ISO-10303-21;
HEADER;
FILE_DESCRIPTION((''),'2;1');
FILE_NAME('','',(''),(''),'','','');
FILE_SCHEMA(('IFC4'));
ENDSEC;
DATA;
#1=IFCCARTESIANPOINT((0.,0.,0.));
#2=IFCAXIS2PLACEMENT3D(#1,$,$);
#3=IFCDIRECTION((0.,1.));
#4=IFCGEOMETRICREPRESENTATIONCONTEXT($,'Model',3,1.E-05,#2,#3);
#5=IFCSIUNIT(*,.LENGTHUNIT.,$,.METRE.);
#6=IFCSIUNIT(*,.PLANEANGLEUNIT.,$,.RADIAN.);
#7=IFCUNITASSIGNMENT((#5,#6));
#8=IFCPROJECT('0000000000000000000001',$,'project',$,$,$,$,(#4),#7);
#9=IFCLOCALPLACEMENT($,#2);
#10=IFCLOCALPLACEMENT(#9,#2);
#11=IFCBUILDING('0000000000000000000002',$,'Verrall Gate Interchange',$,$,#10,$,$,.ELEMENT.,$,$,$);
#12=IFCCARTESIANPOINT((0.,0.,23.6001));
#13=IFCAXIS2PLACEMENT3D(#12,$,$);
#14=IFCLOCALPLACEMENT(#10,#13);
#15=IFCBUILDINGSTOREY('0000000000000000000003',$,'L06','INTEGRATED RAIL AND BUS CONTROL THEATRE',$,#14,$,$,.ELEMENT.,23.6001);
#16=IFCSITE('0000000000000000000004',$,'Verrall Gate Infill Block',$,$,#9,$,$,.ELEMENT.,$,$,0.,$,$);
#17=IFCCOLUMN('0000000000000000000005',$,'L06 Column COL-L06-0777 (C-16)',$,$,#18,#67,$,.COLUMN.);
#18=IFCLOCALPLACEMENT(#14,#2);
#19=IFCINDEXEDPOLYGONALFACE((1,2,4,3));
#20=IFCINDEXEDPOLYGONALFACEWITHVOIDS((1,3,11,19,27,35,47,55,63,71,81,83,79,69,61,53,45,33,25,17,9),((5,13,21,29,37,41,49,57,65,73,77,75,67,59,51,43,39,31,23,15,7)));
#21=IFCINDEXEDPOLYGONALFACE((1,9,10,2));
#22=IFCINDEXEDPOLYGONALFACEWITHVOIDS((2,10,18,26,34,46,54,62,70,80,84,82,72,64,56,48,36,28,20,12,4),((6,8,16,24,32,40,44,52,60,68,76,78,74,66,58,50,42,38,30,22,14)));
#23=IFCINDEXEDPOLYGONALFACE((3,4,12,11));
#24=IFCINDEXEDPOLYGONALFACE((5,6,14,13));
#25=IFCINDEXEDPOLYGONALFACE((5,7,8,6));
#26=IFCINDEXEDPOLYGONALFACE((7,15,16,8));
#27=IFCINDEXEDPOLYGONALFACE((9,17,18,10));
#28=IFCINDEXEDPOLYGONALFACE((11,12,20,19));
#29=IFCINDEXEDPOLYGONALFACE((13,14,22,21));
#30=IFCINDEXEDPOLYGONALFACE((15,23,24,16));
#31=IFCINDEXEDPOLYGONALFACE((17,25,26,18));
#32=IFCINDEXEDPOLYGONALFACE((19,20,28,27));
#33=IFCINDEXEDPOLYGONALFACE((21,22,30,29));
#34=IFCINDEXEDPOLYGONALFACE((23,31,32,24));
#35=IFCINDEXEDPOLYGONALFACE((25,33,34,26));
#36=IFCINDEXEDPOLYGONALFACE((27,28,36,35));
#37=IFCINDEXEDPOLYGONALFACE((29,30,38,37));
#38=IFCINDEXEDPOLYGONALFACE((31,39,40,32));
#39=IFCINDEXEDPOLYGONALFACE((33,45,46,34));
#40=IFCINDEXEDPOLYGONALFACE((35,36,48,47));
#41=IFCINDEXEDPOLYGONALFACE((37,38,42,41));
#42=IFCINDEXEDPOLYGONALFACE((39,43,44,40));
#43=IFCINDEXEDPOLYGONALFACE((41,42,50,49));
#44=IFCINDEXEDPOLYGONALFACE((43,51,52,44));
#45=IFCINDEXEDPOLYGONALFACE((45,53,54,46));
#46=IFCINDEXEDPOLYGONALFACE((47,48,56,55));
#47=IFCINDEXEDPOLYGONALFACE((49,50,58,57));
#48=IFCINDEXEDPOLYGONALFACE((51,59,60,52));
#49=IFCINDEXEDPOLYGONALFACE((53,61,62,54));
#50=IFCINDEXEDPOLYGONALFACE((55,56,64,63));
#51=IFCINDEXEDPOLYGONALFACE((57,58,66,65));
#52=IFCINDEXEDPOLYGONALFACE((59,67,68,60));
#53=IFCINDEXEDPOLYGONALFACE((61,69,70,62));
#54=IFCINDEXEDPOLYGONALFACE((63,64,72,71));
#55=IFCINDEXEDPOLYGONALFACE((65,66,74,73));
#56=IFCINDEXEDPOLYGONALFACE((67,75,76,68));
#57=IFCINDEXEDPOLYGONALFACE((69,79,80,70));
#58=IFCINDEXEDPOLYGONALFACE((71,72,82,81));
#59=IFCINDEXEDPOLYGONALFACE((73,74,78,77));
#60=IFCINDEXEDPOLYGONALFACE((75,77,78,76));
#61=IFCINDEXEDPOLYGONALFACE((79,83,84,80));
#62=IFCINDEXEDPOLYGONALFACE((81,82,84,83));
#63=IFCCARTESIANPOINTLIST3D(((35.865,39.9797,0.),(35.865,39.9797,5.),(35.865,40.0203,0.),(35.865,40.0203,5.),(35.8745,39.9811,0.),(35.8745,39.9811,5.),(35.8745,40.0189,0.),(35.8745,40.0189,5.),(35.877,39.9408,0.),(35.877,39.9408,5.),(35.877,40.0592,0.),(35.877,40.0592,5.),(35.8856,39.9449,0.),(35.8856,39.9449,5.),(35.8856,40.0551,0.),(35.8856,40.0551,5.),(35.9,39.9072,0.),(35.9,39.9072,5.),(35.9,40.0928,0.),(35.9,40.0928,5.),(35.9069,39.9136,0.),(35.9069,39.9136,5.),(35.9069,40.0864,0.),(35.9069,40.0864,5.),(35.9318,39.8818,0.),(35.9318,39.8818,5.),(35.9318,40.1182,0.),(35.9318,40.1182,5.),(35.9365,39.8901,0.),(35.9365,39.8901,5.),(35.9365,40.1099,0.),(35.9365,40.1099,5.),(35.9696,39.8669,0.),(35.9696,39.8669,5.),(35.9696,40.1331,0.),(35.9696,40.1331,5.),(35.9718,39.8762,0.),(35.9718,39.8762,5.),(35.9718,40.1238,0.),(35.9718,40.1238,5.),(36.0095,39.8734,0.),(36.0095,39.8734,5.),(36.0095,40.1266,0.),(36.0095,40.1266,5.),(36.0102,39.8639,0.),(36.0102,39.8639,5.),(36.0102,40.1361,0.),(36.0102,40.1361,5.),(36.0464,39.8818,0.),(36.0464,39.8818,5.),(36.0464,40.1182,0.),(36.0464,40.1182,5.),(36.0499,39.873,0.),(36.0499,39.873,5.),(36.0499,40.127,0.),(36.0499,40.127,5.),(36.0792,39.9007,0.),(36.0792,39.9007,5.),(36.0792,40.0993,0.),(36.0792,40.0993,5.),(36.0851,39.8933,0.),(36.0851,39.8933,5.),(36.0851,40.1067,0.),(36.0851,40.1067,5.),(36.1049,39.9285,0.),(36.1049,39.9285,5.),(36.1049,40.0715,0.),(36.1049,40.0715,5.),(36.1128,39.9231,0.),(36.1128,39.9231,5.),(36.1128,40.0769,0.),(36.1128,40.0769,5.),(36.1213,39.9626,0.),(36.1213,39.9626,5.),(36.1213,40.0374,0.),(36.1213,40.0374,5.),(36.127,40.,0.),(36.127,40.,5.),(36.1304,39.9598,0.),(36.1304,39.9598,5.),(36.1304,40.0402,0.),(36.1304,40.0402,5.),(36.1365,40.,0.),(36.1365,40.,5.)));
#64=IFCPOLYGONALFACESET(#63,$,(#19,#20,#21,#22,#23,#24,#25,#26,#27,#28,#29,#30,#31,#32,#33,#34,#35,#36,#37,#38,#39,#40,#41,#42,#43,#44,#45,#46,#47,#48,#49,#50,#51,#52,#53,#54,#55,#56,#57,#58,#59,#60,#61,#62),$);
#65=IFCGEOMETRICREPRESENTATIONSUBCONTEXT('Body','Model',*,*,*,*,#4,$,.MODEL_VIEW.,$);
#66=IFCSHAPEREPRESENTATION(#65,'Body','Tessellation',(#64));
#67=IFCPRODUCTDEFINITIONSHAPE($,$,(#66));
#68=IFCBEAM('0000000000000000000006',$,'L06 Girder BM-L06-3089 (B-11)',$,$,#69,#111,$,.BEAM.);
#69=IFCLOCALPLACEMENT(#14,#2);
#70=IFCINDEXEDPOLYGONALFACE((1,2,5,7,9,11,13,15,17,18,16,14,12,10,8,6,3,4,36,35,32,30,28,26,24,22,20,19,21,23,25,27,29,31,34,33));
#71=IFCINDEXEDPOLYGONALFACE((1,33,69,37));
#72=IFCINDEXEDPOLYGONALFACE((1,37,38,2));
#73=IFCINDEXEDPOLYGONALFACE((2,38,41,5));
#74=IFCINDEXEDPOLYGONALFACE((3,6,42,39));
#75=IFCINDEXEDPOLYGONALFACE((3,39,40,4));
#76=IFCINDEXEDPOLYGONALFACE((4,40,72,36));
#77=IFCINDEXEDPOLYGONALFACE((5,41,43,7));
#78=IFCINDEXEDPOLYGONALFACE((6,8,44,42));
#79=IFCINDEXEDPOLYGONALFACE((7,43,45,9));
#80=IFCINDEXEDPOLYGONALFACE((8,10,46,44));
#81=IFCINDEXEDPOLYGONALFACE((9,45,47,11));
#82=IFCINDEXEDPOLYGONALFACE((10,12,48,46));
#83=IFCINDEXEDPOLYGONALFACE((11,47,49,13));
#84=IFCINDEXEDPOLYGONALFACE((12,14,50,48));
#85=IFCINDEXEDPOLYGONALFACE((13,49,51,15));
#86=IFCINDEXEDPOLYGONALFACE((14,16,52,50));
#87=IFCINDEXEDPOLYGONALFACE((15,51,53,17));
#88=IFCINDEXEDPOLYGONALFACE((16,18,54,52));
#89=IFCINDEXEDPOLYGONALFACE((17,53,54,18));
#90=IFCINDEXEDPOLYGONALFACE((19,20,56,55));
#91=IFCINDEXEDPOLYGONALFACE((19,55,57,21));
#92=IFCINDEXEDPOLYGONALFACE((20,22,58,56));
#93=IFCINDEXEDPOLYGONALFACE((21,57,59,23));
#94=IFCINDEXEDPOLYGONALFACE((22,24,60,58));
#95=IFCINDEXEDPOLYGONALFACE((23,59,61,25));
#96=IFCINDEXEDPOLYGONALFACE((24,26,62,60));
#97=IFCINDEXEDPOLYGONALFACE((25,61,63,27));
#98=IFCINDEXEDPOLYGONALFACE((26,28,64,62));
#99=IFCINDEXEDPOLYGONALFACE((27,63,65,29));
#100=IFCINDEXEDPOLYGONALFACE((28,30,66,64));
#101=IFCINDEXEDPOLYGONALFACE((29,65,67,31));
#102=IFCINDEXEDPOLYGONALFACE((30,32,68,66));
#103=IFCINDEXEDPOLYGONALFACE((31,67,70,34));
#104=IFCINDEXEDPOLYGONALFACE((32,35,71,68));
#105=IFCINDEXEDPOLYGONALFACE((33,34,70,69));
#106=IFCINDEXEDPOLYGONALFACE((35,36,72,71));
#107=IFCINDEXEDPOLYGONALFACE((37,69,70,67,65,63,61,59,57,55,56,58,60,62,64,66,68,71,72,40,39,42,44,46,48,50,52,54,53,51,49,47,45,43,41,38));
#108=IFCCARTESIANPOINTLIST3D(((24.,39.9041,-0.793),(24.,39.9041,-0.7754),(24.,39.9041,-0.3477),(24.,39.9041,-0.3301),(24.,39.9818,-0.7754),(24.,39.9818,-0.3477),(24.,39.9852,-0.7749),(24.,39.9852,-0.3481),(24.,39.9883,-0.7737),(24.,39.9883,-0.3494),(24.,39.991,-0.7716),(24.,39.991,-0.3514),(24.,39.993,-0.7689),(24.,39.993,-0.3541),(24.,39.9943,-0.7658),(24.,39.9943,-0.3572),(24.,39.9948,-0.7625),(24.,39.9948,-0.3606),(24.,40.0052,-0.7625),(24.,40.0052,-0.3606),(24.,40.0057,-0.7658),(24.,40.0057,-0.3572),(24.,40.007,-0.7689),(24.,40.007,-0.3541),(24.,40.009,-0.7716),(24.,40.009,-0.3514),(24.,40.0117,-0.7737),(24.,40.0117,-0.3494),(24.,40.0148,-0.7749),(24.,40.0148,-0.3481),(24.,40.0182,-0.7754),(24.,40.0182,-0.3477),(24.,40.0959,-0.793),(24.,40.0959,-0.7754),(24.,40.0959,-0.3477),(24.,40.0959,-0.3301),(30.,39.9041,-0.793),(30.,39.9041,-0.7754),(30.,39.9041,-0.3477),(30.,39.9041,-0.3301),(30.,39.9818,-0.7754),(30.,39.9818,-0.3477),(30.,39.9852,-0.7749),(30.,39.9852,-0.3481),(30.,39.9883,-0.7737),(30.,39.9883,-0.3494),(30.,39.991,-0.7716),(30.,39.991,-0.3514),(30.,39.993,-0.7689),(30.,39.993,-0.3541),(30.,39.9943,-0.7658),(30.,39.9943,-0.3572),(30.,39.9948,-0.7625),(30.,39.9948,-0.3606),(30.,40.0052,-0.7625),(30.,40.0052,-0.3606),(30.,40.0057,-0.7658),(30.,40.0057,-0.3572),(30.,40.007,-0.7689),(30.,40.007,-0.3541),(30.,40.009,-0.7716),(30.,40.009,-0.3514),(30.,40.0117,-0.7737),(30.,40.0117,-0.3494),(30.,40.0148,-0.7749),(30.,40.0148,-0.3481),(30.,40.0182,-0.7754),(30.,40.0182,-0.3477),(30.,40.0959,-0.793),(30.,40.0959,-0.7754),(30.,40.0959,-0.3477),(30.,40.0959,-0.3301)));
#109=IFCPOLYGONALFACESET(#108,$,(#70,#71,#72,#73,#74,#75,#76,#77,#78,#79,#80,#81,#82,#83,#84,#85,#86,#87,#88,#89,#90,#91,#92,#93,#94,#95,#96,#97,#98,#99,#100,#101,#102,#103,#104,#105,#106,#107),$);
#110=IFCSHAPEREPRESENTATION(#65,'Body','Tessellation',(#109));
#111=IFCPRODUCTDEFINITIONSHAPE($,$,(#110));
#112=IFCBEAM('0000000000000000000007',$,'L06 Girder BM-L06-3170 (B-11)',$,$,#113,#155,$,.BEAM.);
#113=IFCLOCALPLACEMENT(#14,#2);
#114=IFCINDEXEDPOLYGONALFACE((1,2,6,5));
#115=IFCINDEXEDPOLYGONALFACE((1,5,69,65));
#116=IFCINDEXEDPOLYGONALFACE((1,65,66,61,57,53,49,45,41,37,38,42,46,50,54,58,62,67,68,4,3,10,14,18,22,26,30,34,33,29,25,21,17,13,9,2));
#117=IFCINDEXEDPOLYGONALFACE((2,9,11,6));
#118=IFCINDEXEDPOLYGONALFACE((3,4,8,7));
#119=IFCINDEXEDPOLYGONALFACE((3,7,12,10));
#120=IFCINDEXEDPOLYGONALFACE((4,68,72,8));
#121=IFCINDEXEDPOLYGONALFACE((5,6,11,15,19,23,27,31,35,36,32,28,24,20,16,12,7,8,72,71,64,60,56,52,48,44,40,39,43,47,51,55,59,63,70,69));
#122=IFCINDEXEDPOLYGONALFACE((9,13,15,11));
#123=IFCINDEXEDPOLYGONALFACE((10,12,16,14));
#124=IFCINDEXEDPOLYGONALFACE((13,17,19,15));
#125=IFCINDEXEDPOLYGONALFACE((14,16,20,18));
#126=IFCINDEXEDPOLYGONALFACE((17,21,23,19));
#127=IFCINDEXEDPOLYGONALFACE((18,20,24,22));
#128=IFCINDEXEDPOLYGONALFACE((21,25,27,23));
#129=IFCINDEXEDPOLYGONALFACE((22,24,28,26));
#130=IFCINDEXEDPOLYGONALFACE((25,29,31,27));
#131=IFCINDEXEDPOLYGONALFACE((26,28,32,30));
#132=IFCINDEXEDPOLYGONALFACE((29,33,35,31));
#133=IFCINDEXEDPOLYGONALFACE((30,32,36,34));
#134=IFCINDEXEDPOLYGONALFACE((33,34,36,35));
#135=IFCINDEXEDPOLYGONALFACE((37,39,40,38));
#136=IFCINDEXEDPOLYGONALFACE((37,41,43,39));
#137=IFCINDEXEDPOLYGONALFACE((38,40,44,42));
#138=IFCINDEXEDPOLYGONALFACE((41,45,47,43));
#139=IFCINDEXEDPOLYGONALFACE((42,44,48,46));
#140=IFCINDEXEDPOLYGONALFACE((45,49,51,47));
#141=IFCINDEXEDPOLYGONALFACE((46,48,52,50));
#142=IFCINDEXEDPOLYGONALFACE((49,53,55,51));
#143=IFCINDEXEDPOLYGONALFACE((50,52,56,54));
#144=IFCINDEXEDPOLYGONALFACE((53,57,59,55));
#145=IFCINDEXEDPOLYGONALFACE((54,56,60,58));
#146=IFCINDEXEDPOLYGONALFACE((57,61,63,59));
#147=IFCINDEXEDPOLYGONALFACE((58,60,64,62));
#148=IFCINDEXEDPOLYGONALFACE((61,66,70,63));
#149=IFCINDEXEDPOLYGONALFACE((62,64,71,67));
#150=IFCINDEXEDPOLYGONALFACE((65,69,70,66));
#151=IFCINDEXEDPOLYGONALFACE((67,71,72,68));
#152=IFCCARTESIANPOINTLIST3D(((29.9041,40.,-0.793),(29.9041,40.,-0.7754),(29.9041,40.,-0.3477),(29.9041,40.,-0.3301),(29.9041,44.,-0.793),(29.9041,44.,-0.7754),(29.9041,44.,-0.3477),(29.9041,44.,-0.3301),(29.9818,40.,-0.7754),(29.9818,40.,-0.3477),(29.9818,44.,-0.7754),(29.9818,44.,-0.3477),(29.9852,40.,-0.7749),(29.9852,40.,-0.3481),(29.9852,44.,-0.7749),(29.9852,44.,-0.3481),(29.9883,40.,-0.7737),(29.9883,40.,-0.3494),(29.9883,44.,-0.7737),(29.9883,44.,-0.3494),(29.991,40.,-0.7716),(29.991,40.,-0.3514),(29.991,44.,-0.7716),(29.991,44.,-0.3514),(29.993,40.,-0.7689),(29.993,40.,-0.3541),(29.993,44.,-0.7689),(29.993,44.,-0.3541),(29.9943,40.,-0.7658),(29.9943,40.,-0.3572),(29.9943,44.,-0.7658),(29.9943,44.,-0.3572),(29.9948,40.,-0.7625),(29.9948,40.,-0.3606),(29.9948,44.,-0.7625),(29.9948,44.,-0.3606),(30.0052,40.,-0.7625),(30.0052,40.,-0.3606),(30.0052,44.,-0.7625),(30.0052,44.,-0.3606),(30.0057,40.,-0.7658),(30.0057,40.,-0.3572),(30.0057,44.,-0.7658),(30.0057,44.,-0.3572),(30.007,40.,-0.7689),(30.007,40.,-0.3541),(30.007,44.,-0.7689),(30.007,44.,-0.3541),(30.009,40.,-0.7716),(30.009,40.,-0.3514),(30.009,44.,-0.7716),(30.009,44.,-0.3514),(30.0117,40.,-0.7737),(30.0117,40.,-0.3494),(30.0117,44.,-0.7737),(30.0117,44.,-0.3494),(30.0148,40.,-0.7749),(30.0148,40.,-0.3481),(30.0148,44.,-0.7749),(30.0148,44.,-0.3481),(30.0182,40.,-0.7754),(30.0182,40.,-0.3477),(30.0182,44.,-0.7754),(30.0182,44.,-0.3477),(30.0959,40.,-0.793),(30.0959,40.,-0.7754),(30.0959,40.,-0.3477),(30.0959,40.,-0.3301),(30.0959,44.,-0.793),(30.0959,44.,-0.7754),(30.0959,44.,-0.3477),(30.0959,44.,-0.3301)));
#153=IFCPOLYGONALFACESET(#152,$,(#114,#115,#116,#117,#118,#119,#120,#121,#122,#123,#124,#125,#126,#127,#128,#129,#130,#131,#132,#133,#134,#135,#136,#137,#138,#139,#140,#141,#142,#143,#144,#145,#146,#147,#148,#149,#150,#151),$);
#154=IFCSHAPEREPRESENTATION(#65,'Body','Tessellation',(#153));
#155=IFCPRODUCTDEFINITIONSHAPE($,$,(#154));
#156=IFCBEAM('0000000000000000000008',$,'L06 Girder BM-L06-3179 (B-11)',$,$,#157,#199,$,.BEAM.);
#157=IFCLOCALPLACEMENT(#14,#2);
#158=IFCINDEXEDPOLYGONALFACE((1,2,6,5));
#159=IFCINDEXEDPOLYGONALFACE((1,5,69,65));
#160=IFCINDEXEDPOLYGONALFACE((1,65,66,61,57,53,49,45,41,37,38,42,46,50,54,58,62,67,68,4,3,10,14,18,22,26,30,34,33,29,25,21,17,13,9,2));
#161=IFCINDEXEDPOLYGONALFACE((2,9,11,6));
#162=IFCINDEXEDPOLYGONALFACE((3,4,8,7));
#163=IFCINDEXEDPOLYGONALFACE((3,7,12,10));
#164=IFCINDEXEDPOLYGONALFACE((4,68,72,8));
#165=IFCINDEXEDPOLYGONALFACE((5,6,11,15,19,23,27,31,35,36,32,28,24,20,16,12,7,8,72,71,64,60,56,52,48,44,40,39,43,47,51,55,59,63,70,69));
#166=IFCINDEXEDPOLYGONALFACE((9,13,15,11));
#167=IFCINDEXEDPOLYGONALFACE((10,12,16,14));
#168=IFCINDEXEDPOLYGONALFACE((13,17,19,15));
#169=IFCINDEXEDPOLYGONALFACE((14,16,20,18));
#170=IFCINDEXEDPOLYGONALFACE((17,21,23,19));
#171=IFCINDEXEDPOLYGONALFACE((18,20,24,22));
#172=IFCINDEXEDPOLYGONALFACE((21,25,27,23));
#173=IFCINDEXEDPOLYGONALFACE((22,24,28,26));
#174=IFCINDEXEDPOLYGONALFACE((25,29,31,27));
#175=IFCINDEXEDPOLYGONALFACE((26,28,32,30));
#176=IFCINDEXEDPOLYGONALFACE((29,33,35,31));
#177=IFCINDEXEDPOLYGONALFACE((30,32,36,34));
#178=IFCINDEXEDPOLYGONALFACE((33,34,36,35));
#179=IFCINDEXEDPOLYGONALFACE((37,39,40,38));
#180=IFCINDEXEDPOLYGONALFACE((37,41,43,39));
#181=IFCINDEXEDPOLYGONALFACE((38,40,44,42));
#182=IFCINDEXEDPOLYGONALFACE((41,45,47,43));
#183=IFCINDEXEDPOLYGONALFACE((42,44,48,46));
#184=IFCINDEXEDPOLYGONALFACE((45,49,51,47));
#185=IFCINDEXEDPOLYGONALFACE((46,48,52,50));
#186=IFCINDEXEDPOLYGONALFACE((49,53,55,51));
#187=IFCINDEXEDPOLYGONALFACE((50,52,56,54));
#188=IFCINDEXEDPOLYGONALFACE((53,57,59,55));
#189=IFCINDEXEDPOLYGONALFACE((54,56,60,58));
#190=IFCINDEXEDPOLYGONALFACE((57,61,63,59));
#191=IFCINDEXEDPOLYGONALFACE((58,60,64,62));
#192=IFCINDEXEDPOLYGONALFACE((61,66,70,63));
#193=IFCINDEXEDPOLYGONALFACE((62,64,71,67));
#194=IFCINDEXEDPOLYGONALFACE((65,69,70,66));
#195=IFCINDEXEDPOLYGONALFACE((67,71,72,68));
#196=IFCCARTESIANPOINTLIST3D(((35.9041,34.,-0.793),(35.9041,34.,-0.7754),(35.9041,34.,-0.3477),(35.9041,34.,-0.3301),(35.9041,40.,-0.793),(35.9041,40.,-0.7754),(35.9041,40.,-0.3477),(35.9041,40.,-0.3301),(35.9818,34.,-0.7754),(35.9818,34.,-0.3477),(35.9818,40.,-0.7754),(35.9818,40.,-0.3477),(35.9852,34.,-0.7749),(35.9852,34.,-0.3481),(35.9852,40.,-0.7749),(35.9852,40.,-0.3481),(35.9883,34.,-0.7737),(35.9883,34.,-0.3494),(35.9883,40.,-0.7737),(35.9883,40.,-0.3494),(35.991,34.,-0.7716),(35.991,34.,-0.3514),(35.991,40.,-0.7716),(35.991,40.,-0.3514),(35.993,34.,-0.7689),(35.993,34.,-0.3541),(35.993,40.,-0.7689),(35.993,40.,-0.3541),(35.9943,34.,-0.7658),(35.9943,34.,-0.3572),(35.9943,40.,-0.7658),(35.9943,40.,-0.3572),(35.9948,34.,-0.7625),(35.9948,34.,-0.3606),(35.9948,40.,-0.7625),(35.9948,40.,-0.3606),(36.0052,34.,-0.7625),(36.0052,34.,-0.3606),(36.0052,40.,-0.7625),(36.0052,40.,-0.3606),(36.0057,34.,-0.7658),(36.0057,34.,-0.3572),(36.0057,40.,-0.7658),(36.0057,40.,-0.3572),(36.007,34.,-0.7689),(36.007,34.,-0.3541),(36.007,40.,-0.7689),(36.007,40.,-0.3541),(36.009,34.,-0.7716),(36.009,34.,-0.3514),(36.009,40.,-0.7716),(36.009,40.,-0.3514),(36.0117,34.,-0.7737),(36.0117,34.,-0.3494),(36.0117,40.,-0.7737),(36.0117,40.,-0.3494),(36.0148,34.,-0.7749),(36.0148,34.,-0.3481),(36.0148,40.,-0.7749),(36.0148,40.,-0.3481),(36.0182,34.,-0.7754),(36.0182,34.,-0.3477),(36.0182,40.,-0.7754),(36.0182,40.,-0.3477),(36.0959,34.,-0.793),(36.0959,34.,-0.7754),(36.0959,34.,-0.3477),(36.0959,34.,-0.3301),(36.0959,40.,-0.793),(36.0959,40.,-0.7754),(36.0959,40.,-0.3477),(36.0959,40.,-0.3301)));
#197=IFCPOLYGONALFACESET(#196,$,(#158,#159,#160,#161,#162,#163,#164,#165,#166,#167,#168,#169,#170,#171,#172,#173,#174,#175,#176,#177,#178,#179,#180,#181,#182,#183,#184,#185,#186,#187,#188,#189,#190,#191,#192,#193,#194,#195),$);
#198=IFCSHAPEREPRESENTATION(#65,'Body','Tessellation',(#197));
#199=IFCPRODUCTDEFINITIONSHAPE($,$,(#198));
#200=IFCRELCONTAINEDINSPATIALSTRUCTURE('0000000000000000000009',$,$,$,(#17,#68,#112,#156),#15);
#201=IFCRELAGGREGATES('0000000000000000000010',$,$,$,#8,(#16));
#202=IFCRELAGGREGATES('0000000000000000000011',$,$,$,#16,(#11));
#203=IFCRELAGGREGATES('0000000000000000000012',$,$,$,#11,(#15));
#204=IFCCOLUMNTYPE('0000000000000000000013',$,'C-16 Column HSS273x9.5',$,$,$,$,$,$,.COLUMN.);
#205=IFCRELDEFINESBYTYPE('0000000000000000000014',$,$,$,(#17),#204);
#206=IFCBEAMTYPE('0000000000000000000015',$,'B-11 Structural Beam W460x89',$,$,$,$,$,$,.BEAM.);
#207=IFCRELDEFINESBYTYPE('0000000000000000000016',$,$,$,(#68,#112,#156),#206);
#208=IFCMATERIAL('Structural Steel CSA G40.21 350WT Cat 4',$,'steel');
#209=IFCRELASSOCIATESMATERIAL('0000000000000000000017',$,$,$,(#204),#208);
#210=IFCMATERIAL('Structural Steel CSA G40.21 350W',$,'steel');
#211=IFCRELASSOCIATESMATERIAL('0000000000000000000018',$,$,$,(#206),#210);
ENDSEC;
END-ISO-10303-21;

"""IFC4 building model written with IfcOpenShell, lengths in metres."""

from ifc_helpers import new_model, si_unit, direction, frame, origin, origin_2d, place, context, subcontext, project, spatial, hollow_circle, i_section, extrude, material, material_profile, profile_set, type_object, element, save


model = new_model("IFC4")

# Units and contexts
model_context = context("Model", 3, precision=1e-05, world=origin(), true_north=direction((0.0, 1.0)))
body_context = subcontext(model_context, "Body", "Model", "MODEL_VIEW")
ifc_project = project(units=[si_unit("LENGTHUNIT", "METRE"), si_unit("PLANEANGLEUNIT", "RADIAN")], contexts=[model_context])

# Site, building, storey
site_placement = place(None, origin())
site = spatial("IfcSite", under=ifc_project, at=site_placement, Name="Verrall Gate Infill Block", CompositionType="ELEMENT", RefElevation=0.0)
building_placement = place(site_placement, origin())
building = spatial("IfcBuilding", under=site, at=building_placement, Name="Verrall Gate Interchange", CompositionType="ELEMENT")
storey_placement = place(building_placement, frame((0.0, 0.0, 23.6001)))
storey = spatial("IfcBuildingStorey", under=building, at=storey_placement, Name="L06", Description="INTEGRATED RAIL AND BUS CONTROL THEATRE", CompositionType="ELEMENT", Elevation=23.6001)

# Column
ifc_material_1 = material(Name="Structural Steel CSA G40.21 350WT Cat 4", Category="steel")
ifc_material_profile_1 = material_profile(ifc_material_1, hollow_circle(Radius=0.1365, WallThickness=0.0095, at=origin_2d()), Name="HSS273x9.5")
ifc_profile_set_1 = profile_set([ifc_material_profile_1], Name="Structural Steel CSA G40.21 350WT Cat 4")
column_type_1 = type_object("IfcColumnType", Name="C-16 Column HSS273x9.5", PredefinedType="COLUMN", material=ifc_profile_set_1)
for number, where, z_axis, x_axis, name in (
    (1, (36.0, 40.0, 0.0), (0.0, 0.0, 1.0), (1.0, 0.0, 0.0), "L06 Column COL-L06-0777 (C-16)"),
):
    element("IfcColumn", number, at=place(storey_placement, frame(where, z_axis=z_axis, x_axis=x_axis)), inside=storey, type_object=column_type_1, Name=name, PredefinedType="COLUMN", context=body_context, shape_type="SweptSolid", body=[
        extrude(hollow_circle(Radius=0.1365, WallThickness=0.0095, at=origin_2d()), origin(), (0.0, 0.0, 1.0), 5.0),
    ])

# Beams
ifc_material_2 = material(Name="Structural Steel CSA G40.21 350W", Category="steel")
ifc_material_profile_2 = material_profile(ifc_material_2, i_section(OverallWidth=0.1919, OverallDepth=0.4629, WebThickness=0.0105, FlangeThickness=0.0176, FilletRadius=0.0129, at=origin_2d()), Name="W460x89")
ifc_profile_set_2 = profile_set([ifc_material_profile_2], Name="Structural Steel CSA G40.21 350W")
beam_type_1 = type_object("IfcBeamType", Name="B-11 Structural Beam W460x89", PredefinedType="BEAM", material=ifc_profile_set_2)
beam_1_placement = place(storey_placement, frame((24.0, 40.0, -0.5615), z_axis=(1.0, 0.0, 0.0), x_axis=(0.0, 1.0, 0.0)))
element("IfcBeam", 2, at=beam_1_placement, inside=storey, type_object=beam_type_1, Name="L06 Girder BM-L06-3089 (B-11)", PredefinedType="BEAM", context=body_context, shape_type="SweptSolid", body=[
    extrude(i_section(OverallWidth=0.1919, OverallDepth=0.4629, WebThickness=0.0105, FlangeThickness=0.0176, FilletRadius=0.0129, at=origin_2d()), origin(), (0.0, 0.0, 1.0), 6.0),
])
beam_2_placement = place(storey_placement, frame((30.0, 40.0, -0.5615), z_axis=(0.0, 1.0, 0.0), x_axis=(-1.0, 0.0, 0.0)))
element("IfcBeam", 3, at=beam_2_placement, inside=storey, type_object=beam_type_1, Name="L06 Girder BM-L06-3170 (B-11)", PredefinedType="BEAM", context=body_context, shape_type="SweptSolid", body=[
    extrude(i_section(OverallWidth=0.1919, OverallDepth=0.4629, WebThickness=0.0105, FlangeThickness=0.0176, FilletRadius=0.0129, at=origin_2d()), origin(), (0.0, 0.0, 1.0), 4.0),
])
beam_3_placement = place(storey_placement, frame((36.0, 34.0, -0.5615), z_axis=(0.0, 1.0, 0.0), x_axis=(-1.0, 0.0, 0.0)))
element("IfcBeam", 4, at=beam_3_placement, inside=storey, type_object=beam_type_1, Name="L06 Girder BM-L06-3179 (B-11)", PredefinedType="BEAM", context=body_context, shape_type="SweptSolid", body=[
    extrude(i_section(OverallWidth=0.1919, OverallDepth=0.4629, WebThickness=0.0105, FlangeThickness=0.0176, FilletRadius=0.0129, at=origin_2d()), origin(), (0.0, 0.0, 1.0), 6.0),
])

save(model, "model.ifc")
